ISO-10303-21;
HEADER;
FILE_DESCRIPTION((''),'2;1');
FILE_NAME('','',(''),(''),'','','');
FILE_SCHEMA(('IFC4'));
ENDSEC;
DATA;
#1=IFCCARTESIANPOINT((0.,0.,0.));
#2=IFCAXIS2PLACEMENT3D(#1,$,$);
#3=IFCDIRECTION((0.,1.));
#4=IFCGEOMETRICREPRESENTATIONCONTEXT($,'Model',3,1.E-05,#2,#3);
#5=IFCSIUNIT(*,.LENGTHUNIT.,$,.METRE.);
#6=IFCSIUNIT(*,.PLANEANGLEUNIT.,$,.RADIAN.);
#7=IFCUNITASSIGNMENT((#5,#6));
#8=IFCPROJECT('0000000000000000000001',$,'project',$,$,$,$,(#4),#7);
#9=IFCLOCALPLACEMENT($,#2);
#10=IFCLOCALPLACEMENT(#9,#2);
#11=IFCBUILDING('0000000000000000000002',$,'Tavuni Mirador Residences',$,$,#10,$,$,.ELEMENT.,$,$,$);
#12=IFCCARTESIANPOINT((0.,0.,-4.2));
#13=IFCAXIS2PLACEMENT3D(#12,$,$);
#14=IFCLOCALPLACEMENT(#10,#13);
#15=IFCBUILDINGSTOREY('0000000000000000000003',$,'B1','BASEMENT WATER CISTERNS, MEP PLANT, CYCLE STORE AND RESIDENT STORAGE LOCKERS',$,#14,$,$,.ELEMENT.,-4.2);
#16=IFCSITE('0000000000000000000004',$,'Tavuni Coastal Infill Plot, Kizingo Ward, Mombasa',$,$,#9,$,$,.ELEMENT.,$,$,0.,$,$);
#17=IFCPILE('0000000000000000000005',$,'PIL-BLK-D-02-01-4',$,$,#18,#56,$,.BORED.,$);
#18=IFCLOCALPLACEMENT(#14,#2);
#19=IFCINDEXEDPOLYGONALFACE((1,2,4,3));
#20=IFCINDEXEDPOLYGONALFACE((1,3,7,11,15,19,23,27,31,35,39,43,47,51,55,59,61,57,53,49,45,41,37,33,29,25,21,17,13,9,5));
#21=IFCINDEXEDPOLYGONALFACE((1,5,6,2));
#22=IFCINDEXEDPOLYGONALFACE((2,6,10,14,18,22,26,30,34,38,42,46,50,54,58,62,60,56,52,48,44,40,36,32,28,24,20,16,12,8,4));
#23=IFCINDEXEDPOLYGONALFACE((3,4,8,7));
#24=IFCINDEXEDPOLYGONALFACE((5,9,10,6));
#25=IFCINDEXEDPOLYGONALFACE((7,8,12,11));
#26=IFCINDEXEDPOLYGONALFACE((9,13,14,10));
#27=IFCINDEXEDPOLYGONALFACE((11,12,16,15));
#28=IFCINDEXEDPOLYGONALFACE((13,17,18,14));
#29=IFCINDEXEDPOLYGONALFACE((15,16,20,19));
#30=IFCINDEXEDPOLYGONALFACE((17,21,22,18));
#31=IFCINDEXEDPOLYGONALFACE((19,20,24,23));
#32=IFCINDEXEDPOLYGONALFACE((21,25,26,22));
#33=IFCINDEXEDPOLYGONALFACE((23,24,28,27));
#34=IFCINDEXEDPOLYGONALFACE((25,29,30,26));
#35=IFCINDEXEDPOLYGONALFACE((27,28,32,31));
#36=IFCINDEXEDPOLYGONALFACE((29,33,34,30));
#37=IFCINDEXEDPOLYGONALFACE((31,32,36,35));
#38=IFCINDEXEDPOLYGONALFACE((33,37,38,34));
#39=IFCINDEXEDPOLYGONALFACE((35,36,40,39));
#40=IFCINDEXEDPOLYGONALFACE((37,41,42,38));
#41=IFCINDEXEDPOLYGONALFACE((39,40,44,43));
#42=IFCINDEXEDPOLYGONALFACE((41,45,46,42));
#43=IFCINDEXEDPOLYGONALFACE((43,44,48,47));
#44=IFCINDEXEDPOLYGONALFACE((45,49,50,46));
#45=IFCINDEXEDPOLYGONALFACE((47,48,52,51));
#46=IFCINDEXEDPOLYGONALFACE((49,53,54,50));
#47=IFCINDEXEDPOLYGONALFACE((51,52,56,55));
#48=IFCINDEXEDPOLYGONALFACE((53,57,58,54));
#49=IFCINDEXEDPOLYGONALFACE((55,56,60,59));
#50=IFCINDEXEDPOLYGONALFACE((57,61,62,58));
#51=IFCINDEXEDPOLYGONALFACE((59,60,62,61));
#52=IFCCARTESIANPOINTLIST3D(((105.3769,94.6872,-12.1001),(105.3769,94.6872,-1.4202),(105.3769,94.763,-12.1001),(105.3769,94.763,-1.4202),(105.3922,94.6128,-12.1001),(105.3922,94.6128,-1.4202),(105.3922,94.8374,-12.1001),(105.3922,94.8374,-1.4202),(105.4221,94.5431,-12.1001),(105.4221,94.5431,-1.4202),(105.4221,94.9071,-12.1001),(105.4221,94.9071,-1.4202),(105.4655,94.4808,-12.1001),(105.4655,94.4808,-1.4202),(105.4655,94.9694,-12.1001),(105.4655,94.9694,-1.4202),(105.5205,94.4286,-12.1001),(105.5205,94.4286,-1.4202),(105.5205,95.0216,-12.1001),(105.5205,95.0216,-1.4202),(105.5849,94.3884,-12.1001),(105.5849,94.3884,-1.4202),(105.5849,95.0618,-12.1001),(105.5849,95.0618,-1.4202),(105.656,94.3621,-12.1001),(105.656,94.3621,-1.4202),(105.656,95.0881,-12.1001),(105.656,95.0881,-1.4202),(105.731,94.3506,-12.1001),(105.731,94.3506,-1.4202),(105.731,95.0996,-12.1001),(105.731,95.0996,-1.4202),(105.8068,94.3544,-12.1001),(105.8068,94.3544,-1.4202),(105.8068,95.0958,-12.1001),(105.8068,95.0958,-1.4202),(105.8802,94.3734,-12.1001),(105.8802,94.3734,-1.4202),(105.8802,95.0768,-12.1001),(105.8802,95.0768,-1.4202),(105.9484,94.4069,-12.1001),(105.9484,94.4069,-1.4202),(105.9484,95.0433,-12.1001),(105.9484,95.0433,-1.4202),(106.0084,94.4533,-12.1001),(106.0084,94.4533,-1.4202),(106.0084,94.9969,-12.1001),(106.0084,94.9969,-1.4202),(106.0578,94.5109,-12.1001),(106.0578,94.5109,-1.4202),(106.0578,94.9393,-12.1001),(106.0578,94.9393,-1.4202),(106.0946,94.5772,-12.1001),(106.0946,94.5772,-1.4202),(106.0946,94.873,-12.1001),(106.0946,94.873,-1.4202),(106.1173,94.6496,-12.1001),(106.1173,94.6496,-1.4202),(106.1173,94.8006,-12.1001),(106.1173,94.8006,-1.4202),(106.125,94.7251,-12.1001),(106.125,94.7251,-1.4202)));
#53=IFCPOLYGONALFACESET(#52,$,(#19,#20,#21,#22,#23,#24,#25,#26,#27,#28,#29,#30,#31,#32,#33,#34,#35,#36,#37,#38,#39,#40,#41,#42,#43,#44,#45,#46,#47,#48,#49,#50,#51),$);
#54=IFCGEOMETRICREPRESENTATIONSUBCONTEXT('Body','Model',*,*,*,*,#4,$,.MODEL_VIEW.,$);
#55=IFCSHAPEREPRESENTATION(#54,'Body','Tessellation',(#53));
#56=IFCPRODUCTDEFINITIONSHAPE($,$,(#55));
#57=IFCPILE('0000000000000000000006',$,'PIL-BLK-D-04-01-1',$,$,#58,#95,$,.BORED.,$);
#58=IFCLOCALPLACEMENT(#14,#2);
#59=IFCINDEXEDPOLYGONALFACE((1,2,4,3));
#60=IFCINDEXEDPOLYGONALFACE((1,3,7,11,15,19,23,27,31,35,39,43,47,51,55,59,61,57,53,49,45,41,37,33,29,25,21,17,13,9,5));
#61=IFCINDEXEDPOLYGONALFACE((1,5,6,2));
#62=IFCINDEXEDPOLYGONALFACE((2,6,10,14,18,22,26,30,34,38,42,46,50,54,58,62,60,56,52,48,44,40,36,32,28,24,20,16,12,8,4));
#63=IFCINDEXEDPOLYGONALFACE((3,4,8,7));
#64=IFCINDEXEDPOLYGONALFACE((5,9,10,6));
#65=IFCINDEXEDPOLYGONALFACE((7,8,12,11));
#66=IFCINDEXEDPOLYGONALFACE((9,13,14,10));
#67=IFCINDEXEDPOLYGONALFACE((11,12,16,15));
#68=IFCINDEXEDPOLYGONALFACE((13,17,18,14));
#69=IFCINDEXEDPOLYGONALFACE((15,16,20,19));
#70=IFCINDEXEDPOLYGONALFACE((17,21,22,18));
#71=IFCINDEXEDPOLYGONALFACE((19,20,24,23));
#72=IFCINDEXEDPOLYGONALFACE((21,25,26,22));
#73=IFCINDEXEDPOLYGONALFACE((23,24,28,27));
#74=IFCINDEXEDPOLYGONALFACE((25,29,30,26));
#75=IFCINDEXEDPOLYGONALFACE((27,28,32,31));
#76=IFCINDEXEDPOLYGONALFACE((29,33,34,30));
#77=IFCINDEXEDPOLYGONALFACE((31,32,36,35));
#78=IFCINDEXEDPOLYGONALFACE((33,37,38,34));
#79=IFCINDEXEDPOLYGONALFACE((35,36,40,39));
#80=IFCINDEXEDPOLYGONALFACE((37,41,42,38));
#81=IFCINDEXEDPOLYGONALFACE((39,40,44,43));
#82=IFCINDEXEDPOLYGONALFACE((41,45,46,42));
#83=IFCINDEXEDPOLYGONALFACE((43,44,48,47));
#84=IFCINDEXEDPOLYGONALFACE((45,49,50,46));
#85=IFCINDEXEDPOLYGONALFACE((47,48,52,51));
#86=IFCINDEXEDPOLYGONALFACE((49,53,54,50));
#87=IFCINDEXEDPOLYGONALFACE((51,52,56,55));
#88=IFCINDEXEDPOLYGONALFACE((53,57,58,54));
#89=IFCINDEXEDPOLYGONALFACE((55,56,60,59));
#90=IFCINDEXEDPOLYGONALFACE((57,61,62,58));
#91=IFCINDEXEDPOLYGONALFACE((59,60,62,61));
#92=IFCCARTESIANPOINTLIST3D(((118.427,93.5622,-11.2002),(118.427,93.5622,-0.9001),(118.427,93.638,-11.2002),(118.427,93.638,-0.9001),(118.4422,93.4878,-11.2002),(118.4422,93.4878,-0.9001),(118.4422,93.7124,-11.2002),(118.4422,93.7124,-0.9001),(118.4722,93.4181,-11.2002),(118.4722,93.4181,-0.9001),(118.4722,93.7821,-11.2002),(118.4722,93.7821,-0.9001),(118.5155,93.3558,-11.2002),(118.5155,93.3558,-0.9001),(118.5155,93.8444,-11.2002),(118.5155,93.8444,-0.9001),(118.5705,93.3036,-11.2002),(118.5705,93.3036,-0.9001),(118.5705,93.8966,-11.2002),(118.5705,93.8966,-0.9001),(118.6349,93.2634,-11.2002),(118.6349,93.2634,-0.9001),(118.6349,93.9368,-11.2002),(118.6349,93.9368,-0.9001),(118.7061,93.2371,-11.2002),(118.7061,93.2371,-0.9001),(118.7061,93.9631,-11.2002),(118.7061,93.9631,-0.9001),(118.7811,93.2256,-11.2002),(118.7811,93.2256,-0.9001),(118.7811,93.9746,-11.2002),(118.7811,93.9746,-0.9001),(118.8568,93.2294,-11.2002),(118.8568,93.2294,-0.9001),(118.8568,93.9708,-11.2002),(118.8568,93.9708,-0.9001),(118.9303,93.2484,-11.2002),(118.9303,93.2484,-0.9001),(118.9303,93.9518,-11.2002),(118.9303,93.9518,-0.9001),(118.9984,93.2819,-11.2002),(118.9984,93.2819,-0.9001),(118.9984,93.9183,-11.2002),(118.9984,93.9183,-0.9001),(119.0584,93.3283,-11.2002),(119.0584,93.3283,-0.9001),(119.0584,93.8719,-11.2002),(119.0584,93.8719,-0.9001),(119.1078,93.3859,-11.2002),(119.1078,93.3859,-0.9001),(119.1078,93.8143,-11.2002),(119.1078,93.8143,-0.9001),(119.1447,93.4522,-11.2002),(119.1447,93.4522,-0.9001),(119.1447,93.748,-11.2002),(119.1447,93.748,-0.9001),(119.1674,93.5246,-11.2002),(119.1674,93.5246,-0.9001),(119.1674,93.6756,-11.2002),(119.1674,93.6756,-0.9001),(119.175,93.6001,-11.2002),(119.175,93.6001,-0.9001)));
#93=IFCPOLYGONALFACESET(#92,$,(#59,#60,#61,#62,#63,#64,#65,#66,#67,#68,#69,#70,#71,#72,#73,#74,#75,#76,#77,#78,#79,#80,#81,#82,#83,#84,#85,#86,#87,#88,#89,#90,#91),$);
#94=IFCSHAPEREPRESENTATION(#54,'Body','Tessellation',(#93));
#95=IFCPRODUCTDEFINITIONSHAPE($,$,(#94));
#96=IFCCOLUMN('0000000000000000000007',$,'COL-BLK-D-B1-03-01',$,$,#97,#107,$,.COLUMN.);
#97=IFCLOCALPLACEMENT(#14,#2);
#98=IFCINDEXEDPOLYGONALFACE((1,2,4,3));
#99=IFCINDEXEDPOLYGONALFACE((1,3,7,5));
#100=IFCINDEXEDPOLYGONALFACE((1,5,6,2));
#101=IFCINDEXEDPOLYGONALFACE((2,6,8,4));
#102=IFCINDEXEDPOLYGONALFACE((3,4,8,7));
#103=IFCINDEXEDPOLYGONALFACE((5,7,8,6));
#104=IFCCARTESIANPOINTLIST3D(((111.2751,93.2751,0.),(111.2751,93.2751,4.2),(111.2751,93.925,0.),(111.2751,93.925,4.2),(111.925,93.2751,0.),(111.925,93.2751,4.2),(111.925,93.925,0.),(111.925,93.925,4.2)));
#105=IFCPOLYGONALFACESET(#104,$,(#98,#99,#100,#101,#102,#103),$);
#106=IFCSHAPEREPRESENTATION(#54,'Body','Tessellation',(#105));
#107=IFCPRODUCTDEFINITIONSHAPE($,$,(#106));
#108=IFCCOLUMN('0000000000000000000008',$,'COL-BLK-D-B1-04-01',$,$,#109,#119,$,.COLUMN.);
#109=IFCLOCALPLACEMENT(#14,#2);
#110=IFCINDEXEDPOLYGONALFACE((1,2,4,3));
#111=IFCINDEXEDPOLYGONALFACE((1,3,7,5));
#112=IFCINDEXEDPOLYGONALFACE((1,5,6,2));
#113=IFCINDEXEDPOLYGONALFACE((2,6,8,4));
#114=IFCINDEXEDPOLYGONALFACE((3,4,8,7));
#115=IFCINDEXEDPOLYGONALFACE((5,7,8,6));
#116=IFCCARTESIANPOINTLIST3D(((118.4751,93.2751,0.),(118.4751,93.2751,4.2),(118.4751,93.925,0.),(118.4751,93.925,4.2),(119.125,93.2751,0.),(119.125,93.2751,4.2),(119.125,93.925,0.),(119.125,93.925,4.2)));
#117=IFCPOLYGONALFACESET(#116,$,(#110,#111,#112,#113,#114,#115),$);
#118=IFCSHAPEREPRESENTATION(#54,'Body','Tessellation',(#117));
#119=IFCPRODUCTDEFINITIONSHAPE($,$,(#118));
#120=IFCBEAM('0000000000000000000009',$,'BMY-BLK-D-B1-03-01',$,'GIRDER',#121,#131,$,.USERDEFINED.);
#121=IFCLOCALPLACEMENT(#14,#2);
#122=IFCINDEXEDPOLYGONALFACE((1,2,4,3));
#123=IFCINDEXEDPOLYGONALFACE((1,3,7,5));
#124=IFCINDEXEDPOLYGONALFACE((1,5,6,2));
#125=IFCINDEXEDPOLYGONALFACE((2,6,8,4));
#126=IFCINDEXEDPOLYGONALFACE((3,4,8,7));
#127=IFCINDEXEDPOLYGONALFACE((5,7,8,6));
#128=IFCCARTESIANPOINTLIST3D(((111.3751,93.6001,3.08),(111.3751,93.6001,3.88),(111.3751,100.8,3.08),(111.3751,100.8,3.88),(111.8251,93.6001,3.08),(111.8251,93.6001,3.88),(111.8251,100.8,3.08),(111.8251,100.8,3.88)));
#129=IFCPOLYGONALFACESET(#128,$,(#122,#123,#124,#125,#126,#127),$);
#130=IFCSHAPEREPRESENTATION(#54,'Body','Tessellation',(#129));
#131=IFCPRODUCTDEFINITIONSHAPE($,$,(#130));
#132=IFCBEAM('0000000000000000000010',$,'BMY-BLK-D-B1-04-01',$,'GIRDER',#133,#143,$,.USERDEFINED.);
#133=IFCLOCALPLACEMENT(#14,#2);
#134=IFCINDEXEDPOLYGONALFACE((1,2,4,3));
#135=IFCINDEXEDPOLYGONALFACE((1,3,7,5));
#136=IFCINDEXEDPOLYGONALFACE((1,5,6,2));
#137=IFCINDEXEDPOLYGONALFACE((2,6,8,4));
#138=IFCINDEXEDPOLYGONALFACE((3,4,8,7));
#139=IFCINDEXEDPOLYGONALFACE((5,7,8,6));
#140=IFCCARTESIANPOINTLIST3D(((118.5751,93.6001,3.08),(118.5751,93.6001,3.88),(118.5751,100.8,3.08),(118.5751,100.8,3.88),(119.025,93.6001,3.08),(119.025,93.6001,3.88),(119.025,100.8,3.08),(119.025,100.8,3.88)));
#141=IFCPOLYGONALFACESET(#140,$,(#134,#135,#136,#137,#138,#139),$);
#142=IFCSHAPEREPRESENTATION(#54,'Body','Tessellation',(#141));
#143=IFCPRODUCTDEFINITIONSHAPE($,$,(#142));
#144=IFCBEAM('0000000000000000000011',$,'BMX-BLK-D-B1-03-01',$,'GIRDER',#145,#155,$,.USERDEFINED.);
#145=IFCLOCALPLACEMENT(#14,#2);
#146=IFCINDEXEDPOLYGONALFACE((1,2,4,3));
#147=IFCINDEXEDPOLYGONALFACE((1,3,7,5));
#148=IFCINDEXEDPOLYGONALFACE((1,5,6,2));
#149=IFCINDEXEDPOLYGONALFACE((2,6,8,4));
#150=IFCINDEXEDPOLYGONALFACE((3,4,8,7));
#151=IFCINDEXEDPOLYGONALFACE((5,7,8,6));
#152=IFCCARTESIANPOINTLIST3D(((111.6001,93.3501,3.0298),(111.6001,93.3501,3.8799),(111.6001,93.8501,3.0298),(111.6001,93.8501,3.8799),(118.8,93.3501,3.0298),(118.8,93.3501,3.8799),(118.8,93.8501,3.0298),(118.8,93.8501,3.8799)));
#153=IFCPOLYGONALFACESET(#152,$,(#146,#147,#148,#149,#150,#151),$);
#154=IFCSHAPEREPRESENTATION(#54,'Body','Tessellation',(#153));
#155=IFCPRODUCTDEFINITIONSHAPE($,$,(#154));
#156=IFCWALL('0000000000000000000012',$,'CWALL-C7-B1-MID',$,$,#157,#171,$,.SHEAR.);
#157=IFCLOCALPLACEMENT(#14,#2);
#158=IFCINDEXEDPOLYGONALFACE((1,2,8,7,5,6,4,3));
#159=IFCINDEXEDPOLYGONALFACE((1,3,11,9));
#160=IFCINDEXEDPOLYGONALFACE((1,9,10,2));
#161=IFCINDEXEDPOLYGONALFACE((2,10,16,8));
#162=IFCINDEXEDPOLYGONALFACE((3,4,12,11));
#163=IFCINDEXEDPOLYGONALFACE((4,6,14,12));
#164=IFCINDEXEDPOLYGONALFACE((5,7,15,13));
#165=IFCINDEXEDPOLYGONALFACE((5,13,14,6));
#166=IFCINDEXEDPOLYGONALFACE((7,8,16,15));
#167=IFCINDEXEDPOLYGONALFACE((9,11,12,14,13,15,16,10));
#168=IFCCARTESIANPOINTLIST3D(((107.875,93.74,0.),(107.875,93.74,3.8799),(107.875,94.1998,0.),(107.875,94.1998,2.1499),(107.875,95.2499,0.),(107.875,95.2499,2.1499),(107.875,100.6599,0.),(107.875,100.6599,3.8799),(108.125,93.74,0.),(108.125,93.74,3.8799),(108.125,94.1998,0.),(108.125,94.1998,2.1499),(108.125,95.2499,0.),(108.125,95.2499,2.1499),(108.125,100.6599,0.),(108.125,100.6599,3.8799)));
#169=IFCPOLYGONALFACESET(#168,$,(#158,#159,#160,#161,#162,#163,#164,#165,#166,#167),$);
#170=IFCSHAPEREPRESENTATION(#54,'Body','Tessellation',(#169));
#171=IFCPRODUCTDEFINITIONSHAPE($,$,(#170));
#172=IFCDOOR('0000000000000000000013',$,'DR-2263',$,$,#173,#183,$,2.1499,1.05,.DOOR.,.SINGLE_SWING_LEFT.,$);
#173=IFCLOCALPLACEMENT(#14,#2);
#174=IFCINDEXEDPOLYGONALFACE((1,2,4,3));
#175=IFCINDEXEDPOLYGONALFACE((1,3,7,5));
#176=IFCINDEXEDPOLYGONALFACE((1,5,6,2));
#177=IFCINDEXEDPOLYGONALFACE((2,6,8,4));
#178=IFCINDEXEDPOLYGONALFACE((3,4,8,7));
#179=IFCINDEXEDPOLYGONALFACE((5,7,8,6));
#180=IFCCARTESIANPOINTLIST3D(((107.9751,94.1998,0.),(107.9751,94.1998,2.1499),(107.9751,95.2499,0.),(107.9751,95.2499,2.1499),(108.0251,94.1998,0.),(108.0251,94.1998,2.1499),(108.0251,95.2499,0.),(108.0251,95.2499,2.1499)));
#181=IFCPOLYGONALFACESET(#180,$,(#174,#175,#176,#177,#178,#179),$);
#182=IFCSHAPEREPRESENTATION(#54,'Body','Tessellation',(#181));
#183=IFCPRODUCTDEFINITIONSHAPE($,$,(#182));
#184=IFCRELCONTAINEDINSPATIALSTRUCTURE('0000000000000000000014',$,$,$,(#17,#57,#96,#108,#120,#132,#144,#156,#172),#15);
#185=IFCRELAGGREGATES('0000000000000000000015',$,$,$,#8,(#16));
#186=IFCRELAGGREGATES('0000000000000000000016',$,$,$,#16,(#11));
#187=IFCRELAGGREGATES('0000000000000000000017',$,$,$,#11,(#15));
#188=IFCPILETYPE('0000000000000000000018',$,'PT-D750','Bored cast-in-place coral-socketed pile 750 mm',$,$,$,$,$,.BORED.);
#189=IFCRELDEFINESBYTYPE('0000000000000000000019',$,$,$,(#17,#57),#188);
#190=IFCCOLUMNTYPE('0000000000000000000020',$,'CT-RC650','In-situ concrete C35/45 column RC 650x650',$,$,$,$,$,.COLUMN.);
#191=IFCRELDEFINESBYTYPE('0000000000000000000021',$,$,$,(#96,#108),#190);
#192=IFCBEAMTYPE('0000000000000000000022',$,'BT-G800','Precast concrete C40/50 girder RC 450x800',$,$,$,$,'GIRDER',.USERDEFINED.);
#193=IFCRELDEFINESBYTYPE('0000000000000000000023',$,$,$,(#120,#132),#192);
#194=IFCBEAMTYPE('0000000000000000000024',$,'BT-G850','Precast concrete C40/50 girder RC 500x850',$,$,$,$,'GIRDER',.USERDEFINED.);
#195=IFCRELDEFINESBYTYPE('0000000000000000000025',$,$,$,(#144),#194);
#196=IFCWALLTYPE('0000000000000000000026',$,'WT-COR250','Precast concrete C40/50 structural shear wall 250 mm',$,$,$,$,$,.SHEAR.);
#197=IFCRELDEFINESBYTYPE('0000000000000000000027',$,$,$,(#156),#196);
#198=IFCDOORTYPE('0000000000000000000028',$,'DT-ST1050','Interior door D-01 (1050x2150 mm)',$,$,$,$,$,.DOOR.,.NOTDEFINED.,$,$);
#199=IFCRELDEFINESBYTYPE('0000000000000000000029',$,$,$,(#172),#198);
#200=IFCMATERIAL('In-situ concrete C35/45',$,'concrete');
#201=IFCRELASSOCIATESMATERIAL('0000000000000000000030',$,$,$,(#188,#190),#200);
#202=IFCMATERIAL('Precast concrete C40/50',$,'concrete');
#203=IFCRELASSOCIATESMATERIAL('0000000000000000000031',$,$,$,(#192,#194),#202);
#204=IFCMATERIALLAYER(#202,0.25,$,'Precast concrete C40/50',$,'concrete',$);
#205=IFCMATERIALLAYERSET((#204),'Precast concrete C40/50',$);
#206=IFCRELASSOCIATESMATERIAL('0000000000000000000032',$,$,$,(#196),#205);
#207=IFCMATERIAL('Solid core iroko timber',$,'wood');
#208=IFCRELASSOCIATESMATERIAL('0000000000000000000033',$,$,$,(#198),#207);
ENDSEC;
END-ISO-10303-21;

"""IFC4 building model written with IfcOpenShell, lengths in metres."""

from ifc_helpers import new_model, si_unit, direction, frame, frame_2d, origin, origin_2d, place, context, subcontext, project, spatial, rectangle, circle, extrude, material, layer, layer_set, material_profile, profile_set, type_object, element, fill, save


model = new_model("IFC4")

# Units and contexts
model_context = context("Model", 3, precision=1e-05, world=origin(), true_north=direction((0.0, 1.0)))
body_context = subcontext(model_context, "Body", "Model", "MODEL_VIEW")
ifc_project = project(units=[si_unit("LENGTHUNIT", "METRE"), si_unit("PLANEANGLEUNIT", "RADIAN")], contexts=[model_context])

# Site, building, storey
site_placement = place(None, origin())
site = spatial("IfcSite", under=ifc_project, at=site_placement, Name="Tavuni Coastal Infill Plot, Kizingo Ward, Mombasa", CompositionType="ELEMENT", RefElevation=0.0)
building_placement = place(site_placement, origin())
building = spatial("IfcBuilding", under=site, at=building_placement, Name="Tavuni Mirador Residences", CompositionType="ELEMENT")
storey_placement = place(building_placement, frame((0.0, 0.0, -4.2)))
storey = spatial("IfcBuildingStorey", under=building, at=storey_placement, Name="B1", Description="BASEMENT WATER CISTERNS, MEP PLANT, CYCLE STORE AND RESIDENT STORAGE LOCKERS", CompositionType="ELEMENT", Elevation=-4.2)

# Shared definitions
ifc_material_1 = material(Name="In-situ concrete C35/45", Category="concrete")

# Piles
ifc_material_profile_1 = material_profile(ifc_material_1, circle(Radius=0.375, at=origin_2d()), Name="PILE D750", Category="concrete")
ifc_profile_set_1 = profile_set([ifc_material_profile_1], Name="In-situ concrete C35/45")
pile_type_1 = type_object("IfcPileType", Name="PT-D750", Description="Bored cast-in-place coral-socketed pile 750 mm", PredefinedType="BORED", material=ifc_profile_set_1)
pile_1_placement = place(storey_placement, frame((105.75, 94.7251, -1.4202), z_axis=(0.0, 0.0, -1.0), x_axis=(1.0, 0.0, 0.0)))
element("IfcPile", 1, at=pile_1_placement, inside=storey, type_object=pile_type_1, Name="PIL-BLK-D-02-01-4", PredefinedType="BORED", context=body_context, shape_type="SweptSolid", body=[
    extrude(circle(Radius=0.375, at=origin_2d()), origin(), (0.0, 0.0, 1.0), 10.6799),
])
pile_2_placement = place(storey_placement, frame((118.8, 93.6001, -0.9001), z_axis=(0.0, 0.0, -1.0), x_axis=(1.0, 0.0, 0.0)))
element("IfcPile", 2, at=pile_2_placement, inside=storey, type_object=pile_type_1, Name="PIL-BLK-D-04-01-1", PredefinedType="BORED", context=body_context, shape_type="SweptSolid", body=[
    extrude(circle(Radius=0.375, at=origin_2d()), origin(), (0.0, 0.0, 1.0), 10.3),
])

# Columns
ifc_material_profile_2 = material_profile(ifc_material_1, rectangle(XDim=0.6499, YDim=0.6499, at=origin_2d()), Name="RC 650x650", Category="concrete")
ifc_profile_set_2 = profile_set([ifc_material_profile_2], Name="In-situ concrete C35/45")
column_type = type_object("IfcColumnType", Name="CT-RC650", Description="In-situ concrete C35/45 column RC 650x650", PredefinedType="COLUMN", material=ifc_profile_set_2)
for number, where, z_axis, x_axis, name in (
    (3, (111.6001, 93.6001, 0.0), (0.0, 0.0, 1.0), (1.0, 0.0, 0.0), "COL-BLK-D-B1-03-01"),
    (4, (118.8, 93.6001, 0.0), (0.0, 0.0, 1.0), (1.0, 0.0, 0.0), "COL-BLK-D-B1-04-01"),
):
    element("IfcColumn", number, at=place(storey_placement, frame(where, z_axis=z_axis, x_axis=x_axis)), inside=storey, type_object=column_type, Name=name, PredefinedType="COLUMN", context=body_context, shape_type="SweptSolid", body=[
        extrude(rectangle(XDim=0.6499, YDim=0.6499, at=origin_2d()), origin(), (0.0, 0.0, 1.0), 4.2),
    ])

# Beams
ifc_material_2 = material(Name="Precast concrete C40/50", Category="concrete")
ifc_material_profile_3 = material_profile(ifc_material_2, rectangle(XDim=0.45, YDim=0.8, at=origin_2d()), Name="RC 450x800", Category="concrete")
ifc_profile_set_3 = profile_set([ifc_material_profile_3], Name="Precast concrete C40/50")
beam_type_1 = type_object("IfcBeamType", Name="BT-G800", Description="Precast concrete C40/50 girder RC 450x800", ElementType="GIRDER", PredefinedType="USERDEFINED", material=ifc_profile_set_3)
for number, where, z_axis, x_axis, name in (
    (5, (111.6001, 93.6001, 3.48), (0.0, 1.0, 0.0), (-1.0, 0.0, 0.0), "BMY-BLK-D-B1-03-01"),
    (6, (118.8, 93.6001, 3.48), (0.0, 1.0, 0.0), (-1.0, 0.0, 0.0), "BMY-BLK-D-B1-04-01"),
):
    element("IfcBeam", number, at=place(storey_placement, frame(where, z_axis=z_axis, x_axis=x_axis)), inside=storey, type_object=beam_type_1, Name=name, ObjectType="GIRDER", PredefinedType="USERDEFINED", context=body_context, shape_type="SweptSolid", body=[
        extrude(rectangle(XDim=0.45, YDim=0.8, at=origin_2d()), origin(), (0.0, 0.0, 1.0), 7.2),
    ])
ifc_material_profile_4 = material_profile(ifc_material_2, rectangle(XDim=0.5, YDim=0.8501, at=origin_2d()), Name="RC 500x850", Category="concrete")
ifc_profile_set_4 = profile_set([ifc_material_profile_4], Name="Precast concrete C40/50")
beam_type_2 = type_object("IfcBeamType", Name="BT-G850", Description="Precast concrete C40/50 girder RC 500x850", ElementType="GIRDER", PredefinedType="USERDEFINED", material=ifc_profile_set_4)
beam_placement = place(storey_placement, frame((111.6001, 93.6001, 3.4548), z_axis=(1.0, 0.0, 0.0), x_axis=(0.0, 1.0, 0.0)))
element("IfcBeam", 7, at=beam_placement, inside=storey, type_object=beam_type_2, Name="BMX-BLK-D-B1-03-01", ObjectType="GIRDER", PredefinedType="USERDEFINED", context=body_context, shape_type="SweptSolid", body=[
    extrude(rectangle(XDim=0.5, YDim=0.8501, at=origin_2d()), origin(), (0.0, 0.0, 1.0), 7.2),
])

# Wall, opening, door
ifc_layer_1 = layer(ifc_material_2, 0.25, Name="Precast concrete C40/50", Category="concrete")
ifc_layer_set_1 = layer_set([ifc_layer_1], Name="Precast concrete C40/50")
wall_type_1 = type_object("IfcWallType", Name="WT-COR250", Description="Precast concrete C40/50 structural shear wall 250 mm", PredefinedType="SHEAR", material=ifc_layer_set_1)
wall_1_placement = place(storey_placement, frame((108.0, 93.74, 0.0), z_axis=(0.0, 0.0, 1.0), x_axis=(0.0, 1.0, 0.0)))
wall_1 = element("IfcWall", 8, at=wall_1_placement, inside=storey, type_object=wall_type_1, Name="CWALL-C7-B1-MID", PredefinedType="SHEAR", context=body_context, shape_type="SweptSolid", body=[
    extrude(rectangle(XDim=6.9199, YDim=0.25, at=frame_2d((3.46, 0.0))), origin(), (0.0, 0.0, 1.0), 3.8799),
])
opening_1_placement = place(wall_1_placement, frame((0.46, 0.0, 0.0)))
opening_1 = element("IfcOpeningElement", 9, at=opening_1_placement, cuts=wall_1, PredefinedType="OPENING", context=body_context, shape_type="SweptSolid", body=[
    extrude(rectangle(XDim=1.05, YDim=2.1499, at=frame_2d((0.5249, 1.075))), frame((0.0, 0.135, 0.0), z_axis=(0.0, -1.0, 0.0), x_axis=(1.0, 0.0, 0.0)), (0.0, 0.0, 1.0), 0.27),
])
ifc_material_3 = material(Name="Solid core iroko timber", Category="wood")
door_type_1 = type_object("IfcDoorType", Name="DT-ST1050", Description="Interior door D-01 (1050x2150 mm)", OperationType="NOTDEFINED", PredefinedType="DOOR", material=ifc_material_3)
door_1_placement = place(opening_1_placement, origin())
door_1 = element("IfcDoor", 10, at=door_1_placement, inside=storey, type_object=door_type_1, Name="DR-2263", OperationType="SINGLE_SWING_LEFT", OverallHeight=2.1499, OverallWidth=1.05, PredefinedType="DOOR", context=body_context, shape_type="SweptSolid", body=[
    extrude(rectangle(XDim=1.05, YDim=2.1499, at=frame_2d((0.5249, 1.075))), frame((0.0, 0.0249, 0.0), z_axis=(0.0, -1.0, 0.0), x_axis=(1.0, 0.0, 0.0)), (0.0, 0.0, 1.0), 0.05),
])
fill(opening_1, door_1)

save(model, "model.ifc")
